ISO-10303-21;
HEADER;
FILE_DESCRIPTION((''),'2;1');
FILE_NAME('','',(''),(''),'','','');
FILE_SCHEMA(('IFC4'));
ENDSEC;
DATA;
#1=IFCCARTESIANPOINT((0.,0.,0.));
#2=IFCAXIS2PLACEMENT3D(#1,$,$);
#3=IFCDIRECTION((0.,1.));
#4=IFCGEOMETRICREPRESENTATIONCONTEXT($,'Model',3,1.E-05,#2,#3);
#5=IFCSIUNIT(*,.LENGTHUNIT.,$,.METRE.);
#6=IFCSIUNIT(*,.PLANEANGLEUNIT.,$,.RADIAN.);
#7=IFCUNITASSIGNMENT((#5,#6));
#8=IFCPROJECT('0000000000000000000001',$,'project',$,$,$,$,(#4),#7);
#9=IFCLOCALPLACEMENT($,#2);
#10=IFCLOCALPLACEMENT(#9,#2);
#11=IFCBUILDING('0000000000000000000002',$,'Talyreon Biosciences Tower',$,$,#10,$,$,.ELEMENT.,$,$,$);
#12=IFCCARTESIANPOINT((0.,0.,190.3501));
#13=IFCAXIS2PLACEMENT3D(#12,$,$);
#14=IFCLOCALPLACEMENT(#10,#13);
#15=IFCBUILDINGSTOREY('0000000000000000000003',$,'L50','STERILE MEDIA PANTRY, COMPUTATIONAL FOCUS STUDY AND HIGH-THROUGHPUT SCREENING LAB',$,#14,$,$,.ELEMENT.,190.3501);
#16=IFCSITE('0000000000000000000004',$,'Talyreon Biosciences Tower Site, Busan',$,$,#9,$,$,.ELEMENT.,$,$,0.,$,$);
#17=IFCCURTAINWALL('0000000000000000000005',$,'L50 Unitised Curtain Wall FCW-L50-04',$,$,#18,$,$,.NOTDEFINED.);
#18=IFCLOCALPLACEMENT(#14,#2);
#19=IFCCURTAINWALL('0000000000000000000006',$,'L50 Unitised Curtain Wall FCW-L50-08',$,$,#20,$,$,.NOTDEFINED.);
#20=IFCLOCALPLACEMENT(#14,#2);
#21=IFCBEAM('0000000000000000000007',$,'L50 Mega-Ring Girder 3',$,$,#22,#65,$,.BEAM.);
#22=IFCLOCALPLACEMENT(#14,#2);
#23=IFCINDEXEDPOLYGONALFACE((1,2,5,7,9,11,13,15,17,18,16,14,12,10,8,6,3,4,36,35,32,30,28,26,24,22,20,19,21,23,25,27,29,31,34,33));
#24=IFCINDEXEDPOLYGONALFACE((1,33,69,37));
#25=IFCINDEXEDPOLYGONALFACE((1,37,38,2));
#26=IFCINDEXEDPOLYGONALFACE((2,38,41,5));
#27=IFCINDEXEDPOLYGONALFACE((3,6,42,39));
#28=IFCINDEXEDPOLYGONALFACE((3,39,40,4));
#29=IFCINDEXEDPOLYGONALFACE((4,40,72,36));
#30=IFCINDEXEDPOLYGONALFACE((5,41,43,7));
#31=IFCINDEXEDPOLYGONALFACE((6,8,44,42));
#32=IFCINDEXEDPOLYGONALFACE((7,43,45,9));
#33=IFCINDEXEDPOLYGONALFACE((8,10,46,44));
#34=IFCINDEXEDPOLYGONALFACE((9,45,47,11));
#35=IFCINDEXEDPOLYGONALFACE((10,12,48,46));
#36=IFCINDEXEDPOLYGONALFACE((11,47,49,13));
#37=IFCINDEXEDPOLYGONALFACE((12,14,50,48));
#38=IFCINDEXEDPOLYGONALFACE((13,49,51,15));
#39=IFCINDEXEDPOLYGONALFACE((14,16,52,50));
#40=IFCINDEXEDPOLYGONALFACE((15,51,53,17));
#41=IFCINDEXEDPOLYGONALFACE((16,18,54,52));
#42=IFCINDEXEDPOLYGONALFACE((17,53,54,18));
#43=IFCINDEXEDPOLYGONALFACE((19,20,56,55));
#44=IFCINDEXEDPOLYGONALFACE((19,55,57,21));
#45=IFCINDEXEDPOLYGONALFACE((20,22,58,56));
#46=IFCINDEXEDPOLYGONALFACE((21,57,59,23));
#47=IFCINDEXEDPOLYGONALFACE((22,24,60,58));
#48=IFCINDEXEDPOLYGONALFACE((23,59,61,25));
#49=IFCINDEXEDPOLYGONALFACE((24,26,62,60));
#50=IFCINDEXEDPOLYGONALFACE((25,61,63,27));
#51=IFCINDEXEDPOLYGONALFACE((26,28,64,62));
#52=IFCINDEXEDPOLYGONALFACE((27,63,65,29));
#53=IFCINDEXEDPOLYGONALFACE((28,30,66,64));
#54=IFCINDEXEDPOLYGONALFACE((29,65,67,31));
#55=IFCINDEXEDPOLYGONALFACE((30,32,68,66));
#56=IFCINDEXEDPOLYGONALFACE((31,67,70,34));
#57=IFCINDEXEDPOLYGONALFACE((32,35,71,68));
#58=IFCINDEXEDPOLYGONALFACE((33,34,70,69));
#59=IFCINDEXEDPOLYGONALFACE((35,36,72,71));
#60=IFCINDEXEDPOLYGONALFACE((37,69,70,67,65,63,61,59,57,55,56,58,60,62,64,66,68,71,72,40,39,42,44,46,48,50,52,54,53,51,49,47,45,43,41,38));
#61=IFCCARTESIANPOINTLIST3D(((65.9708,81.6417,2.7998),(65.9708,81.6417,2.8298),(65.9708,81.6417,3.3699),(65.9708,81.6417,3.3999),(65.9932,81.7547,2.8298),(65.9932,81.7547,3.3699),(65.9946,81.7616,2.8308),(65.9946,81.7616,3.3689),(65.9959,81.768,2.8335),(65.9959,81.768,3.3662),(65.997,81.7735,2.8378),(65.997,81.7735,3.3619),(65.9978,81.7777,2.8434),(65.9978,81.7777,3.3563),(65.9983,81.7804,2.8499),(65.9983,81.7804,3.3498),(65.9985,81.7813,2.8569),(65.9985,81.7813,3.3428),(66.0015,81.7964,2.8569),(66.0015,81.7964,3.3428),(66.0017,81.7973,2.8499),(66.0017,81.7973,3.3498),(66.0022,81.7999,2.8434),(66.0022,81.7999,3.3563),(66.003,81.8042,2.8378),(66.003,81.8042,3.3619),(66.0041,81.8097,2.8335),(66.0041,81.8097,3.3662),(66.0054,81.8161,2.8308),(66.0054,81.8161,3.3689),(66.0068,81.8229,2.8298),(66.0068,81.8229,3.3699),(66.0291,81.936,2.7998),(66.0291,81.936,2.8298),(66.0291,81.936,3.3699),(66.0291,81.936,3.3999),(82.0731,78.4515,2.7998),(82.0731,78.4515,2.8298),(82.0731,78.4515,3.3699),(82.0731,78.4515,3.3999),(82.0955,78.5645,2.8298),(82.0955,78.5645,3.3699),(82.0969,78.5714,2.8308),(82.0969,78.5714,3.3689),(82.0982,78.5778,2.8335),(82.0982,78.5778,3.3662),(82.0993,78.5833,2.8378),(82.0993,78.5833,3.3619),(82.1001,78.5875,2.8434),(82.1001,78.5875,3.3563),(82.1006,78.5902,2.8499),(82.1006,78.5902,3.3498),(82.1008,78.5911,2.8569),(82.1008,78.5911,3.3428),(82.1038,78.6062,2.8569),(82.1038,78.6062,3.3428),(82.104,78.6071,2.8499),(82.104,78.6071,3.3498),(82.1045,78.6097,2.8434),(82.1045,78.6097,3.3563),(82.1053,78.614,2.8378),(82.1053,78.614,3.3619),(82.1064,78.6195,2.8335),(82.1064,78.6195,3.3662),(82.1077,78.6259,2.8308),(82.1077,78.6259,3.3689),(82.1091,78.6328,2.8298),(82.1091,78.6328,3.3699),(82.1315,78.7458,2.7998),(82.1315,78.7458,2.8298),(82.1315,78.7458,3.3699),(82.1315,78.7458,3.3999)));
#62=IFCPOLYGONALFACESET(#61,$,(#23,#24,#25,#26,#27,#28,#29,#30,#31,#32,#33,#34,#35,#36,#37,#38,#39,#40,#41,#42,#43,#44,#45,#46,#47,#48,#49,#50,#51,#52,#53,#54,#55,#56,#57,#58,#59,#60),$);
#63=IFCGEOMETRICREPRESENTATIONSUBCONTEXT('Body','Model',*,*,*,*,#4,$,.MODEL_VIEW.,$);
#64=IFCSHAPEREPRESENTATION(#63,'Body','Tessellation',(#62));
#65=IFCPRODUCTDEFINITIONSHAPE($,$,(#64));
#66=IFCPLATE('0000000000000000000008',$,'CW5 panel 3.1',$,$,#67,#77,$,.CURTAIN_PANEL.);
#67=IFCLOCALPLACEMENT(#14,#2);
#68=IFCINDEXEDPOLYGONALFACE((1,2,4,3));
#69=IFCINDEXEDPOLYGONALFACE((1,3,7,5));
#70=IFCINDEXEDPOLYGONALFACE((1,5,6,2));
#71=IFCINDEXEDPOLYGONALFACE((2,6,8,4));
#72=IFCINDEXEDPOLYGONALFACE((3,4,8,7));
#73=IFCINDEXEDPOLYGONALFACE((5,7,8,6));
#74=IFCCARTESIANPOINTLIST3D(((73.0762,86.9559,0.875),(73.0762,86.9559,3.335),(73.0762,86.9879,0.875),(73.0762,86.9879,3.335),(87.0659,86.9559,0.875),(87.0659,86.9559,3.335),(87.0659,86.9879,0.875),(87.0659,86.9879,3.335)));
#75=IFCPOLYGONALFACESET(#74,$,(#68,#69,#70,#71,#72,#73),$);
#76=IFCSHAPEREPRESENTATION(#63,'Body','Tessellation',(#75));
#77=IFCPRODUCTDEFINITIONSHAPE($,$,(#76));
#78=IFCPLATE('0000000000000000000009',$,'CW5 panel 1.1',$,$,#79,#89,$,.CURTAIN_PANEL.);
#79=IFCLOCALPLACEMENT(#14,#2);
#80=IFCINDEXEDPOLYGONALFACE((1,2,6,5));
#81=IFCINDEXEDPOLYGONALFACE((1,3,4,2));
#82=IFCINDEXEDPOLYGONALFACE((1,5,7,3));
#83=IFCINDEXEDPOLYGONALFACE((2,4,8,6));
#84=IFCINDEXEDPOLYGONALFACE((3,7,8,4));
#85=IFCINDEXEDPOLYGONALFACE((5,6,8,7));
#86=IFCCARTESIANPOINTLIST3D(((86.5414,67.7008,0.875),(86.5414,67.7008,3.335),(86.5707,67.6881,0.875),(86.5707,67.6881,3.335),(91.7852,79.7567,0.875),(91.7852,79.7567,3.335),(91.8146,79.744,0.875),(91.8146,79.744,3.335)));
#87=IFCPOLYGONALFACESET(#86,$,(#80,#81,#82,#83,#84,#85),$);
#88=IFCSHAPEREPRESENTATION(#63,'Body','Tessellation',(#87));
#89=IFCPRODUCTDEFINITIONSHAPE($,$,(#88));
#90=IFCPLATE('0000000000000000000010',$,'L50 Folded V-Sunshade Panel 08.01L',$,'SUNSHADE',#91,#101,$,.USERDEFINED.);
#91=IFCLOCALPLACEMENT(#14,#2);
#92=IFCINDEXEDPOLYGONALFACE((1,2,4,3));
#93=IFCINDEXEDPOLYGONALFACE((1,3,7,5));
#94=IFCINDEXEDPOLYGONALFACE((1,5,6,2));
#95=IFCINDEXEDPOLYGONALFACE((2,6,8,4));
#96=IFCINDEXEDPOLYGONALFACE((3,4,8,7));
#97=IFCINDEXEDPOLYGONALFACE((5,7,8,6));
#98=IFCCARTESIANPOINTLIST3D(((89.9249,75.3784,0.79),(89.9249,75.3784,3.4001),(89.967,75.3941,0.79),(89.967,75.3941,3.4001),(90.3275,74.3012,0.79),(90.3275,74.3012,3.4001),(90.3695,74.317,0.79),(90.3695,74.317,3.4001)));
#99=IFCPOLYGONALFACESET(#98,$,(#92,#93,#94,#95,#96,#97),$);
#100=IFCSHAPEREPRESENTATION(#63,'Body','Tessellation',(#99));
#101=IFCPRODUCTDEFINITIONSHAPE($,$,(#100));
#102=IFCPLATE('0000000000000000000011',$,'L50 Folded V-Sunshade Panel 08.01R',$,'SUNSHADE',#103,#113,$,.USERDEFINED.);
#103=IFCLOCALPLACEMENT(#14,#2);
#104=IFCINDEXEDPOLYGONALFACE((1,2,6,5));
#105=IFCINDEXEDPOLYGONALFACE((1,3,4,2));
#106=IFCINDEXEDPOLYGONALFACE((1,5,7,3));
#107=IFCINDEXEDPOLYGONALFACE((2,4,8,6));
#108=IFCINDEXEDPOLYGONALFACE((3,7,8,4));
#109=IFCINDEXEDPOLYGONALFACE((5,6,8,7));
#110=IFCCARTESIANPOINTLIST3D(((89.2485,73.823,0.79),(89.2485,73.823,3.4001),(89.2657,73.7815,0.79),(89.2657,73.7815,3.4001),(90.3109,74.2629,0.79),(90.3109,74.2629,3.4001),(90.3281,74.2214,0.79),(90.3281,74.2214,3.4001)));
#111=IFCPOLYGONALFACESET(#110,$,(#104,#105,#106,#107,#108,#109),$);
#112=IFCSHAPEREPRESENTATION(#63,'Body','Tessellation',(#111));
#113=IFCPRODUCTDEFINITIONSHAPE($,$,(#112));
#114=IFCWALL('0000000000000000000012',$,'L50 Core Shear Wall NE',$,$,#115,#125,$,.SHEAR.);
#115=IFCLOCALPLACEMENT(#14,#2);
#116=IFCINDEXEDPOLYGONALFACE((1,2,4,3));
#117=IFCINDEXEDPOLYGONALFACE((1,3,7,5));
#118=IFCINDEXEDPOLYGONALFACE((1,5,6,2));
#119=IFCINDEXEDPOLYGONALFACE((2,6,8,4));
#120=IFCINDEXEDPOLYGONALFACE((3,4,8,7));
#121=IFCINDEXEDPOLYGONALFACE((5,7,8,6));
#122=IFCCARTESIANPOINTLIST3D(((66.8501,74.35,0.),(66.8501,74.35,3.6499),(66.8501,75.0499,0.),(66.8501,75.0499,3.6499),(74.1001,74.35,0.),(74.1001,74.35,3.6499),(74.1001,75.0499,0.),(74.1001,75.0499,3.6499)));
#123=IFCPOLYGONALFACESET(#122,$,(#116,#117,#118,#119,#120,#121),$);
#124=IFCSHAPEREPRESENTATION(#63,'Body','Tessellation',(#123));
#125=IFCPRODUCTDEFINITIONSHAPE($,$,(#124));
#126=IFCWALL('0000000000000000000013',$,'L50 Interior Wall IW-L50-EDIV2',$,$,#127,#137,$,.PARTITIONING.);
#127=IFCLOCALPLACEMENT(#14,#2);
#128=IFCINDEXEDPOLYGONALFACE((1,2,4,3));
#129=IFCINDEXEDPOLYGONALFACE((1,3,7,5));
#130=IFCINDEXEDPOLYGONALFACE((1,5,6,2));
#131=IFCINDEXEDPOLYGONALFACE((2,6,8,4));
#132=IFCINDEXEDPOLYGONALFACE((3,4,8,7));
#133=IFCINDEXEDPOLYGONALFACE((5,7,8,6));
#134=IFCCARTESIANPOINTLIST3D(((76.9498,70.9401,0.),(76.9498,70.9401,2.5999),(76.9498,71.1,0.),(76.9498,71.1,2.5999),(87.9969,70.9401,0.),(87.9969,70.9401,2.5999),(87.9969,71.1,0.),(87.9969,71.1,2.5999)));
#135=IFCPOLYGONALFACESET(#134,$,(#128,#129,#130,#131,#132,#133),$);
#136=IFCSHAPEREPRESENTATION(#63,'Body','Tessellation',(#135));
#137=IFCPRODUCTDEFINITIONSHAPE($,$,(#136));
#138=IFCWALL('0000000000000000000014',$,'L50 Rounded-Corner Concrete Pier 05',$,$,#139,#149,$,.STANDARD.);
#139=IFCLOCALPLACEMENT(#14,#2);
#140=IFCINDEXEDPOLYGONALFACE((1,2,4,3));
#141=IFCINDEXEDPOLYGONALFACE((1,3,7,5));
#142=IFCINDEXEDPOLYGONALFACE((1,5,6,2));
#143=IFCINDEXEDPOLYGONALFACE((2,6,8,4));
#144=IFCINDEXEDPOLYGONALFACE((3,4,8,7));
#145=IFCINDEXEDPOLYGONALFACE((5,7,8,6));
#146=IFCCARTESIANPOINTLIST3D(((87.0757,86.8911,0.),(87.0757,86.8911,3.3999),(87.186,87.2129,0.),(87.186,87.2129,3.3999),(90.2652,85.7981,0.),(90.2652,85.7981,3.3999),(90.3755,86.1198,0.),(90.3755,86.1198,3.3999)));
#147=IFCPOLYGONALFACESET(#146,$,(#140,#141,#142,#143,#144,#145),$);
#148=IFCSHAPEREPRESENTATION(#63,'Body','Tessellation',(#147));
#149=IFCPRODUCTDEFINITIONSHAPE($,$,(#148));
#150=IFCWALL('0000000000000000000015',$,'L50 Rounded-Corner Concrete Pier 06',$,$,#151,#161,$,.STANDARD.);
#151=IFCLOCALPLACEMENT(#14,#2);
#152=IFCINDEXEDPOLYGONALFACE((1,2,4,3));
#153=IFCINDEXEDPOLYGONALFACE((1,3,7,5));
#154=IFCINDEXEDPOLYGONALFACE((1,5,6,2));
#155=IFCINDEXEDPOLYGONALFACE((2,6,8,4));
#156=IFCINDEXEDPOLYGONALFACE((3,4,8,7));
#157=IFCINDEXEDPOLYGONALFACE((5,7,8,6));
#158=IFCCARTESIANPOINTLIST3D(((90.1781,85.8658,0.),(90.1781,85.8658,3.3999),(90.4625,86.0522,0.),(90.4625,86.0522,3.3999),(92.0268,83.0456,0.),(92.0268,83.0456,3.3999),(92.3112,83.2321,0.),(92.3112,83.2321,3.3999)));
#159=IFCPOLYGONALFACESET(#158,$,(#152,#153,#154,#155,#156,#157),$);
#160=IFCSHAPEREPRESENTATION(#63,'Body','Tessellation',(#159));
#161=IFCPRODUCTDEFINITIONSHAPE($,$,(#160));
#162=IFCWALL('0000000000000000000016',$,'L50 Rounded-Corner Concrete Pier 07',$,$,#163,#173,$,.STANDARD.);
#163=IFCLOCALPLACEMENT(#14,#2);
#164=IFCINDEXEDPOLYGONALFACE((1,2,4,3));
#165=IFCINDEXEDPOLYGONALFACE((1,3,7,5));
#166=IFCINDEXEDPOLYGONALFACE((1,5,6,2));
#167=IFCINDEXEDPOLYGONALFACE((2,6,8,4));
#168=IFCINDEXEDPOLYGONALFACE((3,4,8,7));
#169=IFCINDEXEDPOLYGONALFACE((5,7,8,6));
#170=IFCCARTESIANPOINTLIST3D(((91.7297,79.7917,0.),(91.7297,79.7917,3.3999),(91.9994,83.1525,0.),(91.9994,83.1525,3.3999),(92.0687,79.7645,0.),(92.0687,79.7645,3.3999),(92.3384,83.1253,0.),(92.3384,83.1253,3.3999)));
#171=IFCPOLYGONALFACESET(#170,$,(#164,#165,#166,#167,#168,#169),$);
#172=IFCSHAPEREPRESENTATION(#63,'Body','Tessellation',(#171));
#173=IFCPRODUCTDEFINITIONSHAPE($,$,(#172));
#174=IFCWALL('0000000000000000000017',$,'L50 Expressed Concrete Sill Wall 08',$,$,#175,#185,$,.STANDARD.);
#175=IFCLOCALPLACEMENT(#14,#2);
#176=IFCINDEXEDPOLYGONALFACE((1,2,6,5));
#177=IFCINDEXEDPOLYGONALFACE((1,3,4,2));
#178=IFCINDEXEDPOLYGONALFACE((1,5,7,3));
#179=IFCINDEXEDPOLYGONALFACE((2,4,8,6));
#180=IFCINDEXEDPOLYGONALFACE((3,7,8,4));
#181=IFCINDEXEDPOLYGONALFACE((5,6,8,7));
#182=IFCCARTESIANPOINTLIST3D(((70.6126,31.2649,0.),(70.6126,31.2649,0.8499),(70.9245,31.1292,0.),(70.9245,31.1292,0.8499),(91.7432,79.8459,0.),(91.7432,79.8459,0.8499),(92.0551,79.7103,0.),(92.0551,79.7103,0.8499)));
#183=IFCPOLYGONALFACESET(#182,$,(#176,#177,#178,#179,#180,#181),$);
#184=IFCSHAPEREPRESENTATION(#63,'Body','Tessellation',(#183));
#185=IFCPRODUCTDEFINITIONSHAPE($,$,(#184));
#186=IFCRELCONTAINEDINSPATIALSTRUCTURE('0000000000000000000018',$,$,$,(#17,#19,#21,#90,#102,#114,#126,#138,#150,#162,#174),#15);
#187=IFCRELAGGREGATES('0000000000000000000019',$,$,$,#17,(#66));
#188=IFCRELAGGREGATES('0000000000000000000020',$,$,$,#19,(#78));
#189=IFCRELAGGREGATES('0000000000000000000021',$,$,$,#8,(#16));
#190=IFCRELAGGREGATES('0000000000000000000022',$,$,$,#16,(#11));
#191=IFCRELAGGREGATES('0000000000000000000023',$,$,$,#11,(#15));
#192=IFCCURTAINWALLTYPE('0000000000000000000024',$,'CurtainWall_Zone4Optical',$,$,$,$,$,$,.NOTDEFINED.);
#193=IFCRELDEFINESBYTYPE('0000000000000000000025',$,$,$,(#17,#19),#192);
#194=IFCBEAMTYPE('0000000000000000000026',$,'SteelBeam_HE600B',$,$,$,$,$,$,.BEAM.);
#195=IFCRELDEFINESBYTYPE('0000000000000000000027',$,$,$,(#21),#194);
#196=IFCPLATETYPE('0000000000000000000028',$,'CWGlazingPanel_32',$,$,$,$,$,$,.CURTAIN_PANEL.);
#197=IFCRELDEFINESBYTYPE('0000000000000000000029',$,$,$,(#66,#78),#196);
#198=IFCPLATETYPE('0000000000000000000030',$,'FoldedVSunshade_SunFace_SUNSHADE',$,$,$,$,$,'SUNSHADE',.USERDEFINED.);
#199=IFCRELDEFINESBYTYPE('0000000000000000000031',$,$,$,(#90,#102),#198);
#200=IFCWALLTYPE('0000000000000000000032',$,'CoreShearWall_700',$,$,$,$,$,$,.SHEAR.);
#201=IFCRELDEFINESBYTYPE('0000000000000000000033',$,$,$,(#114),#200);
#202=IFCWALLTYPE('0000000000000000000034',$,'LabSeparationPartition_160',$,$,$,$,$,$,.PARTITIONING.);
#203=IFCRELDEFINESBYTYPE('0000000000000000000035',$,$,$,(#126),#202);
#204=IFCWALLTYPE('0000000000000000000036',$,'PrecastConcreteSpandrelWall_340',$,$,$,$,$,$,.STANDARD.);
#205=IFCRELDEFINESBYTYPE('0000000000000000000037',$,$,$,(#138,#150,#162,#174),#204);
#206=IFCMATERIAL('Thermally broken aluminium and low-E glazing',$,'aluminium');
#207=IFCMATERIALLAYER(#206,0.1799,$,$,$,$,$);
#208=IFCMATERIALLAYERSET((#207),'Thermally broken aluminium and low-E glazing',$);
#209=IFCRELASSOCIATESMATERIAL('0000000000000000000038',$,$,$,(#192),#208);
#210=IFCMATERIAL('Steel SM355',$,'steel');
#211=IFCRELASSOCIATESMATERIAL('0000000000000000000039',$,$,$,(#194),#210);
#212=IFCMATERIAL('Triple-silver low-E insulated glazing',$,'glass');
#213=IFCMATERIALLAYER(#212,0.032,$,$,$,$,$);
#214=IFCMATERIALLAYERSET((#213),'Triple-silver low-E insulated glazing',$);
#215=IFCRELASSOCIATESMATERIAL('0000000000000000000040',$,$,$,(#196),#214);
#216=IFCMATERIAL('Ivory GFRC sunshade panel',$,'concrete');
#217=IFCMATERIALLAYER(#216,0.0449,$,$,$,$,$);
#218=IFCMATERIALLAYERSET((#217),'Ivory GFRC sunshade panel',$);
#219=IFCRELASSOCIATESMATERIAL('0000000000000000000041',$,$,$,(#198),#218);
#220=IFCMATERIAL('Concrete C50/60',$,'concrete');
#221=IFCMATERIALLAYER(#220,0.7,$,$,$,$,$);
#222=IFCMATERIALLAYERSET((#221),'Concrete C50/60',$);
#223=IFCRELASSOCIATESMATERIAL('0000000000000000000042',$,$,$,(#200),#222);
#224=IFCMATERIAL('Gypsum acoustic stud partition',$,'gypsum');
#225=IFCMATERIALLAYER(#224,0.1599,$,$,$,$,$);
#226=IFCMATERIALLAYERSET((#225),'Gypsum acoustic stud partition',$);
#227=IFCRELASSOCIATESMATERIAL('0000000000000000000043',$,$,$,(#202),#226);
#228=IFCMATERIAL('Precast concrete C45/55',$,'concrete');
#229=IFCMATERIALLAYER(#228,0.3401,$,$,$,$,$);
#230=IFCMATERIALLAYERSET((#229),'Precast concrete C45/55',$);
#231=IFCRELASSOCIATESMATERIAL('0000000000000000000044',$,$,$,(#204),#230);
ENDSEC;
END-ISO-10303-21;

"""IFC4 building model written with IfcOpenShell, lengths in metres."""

from ifc_helpers import new_model, si_unit, direction, frame, frame_2d, origin, origin_2d, place, context, subcontext, project, spatial, rectangle, i_section, extrude, material, layer, layer_set, material_profile, profile_set, type_object, element, aggregate, save


model = new_model("IFC4")

# Units and contexts
model_context = context("Model", 3, precision=1e-05, world=origin(), true_north=direction((0.0, 1.0)))
body_context = subcontext(model_context, "Body", "Model", "MODEL_VIEW")
ifc_project = project(units=[si_unit("LENGTHUNIT", "METRE"), si_unit("PLANEANGLEUNIT", "RADIAN")], contexts=[model_context])

# Site, building, storey
site_placement = place(None, origin())
site = spatial("IfcSite", under=ifc_project, at=site_placement, Name="Talyreon Biosciences Tower Site, Busan", CompositionType="ELEMENT", RefElevation=0.0)
building_placement = place(site_placement, origin())
building = spatial("IfcBuilding", under=site, at=building_placement, Name="Talyreon Biosciences Tower", CompositionType="ELEMENT")
storey_placement = place(building_placement, frame((0.0, 0.0, 190.3501)))
storey = spatial("IfcBuildingStorey", under=building, at=storey_placement, Name="L50", Description="STERILE MEDIA PANTRY, COMPUTATIONAL FOCUS STUDY AND HIGH-THROUGHPUT SCREENING LAB", CompositionType="ELEMENT", Elevation=190.3501)

# Shared definitions
ifc_material_1 = material(Name="Concrete C50/60", Category="concrete")

# Curtain wall
ifc_material_2 = material(Name="Thermally broken aluminium and low-E glazing", Category="aluminium")
ifc_layer_1 = layer(ifc_material_2, 0.1799)
ifc_layer_set_1 = layer_set([ifc_layer_1], Name="Thermally broken aluminium and low-E glazing")
curtain_wall_type = type_object("IfcCurtainWallType", Name="CurtainWall_Zone4Optical", PredefinedType="NOTDEFINED", material=ifc_layer_set_1)
curtain_wall_1_placement = place(storey_placement, origin())
curtain_wall_1 = element("IfcCurtainWall", 1, at=curtain_wall_1_placement, inside=storey, type_object=curtain_wall_type, Name="L50 Unitised Curtain Wall FCW-L50-04", PredefinedType="NOTDEFINED")

# Curtain wall
curtain_wall_2_placement = place(storey_placement, origin())
curtain_wall_2 = element("IfcCurtainWall", 2, at=curtain_wall_2_placement, inside=storey, type_object=curtain_wall_type, Name="L50 Unitised Curtain Wall FCW-L50-08", PredefinedType="NOTDEFINED")

# Beam
ifc_material_3 = material(Name="Precast concrete C45/55", Category="concrete")
ifc_material_4 = material(Name="Steel SM355", Category="steel")
ifc_material_profile_1 = material_profile(ifc_material_4, i_section(OverallWidth=0.3, OverallDepth=0.6001, WebThickness=0.0154, FlangeThickness=0.03, FilletRadius=0.0271, at=origin_2d()), Name="HE600B")
ifc_profile_set_1 = profile_set([ifc_material_profile_1], Name="Steel SM355")
beam_type_1 = type_object("IfcBeamType", Name="SteelBeam_HE600B", PredefinedType="BEAM", material=ifc_profile_set_1)
beam_1_placement = place(storey_placement, frame((82.1023, 78.5986, 3.0999), z_axis=(-0.980934, 0.194343, 0.0), x_axis=(-0.194343, -0.980934, 0.0)))
element("IfcBeam", 3, at=beam_1_placement, inside=storey, type_object=beam_type_1, Name="L50 Mega-Ring Girder 3", PredefinedType="BEAM", context=body_context, shape_type="SweptSolid", body=[
    extrude(i_section(OverallWidth=0.3, OverallDepth=0.6001, WebThickness=0.0154, FlangeThickness=0.03, FilletRadius=0.0271, at=origin_2d()), origin(), (0.0, 0.0, 1.0), 16.4153),
])

# Plates
ifc_material_5 = material(Name="Triple-silver low-E insulated glazing", Category="glass")
ifc_layer_2 = layer(ifc_material_5, 0.032)
ifc_layer_set_2 = layer_set([ifc_layer_2], Name="Triple-silver low-E insulated glazing")
plate_type_1 = type_object("IfcPlateType", Name="CWGlazingPanel_32", PredefinedType="CURTAIN_PANEL", material=ifc_layer_set_2)
plate_1_placement = place(storey_placement, frame((80.071, 86.9719, 0.875), z_axis=(0.0, 0.0, 1.0), x_axis=(1.0, 0.0, 0.0)))
plate_1 = element("IfcPlate", 4, at=plate_1_placement, type_object=plate_type_1, Name="CW5 panel 3.1", PredefinedType="CURTAIN_PANEL", context=body_context, shape_type="SweptSolid", body=[
    extrude(rectangle(XDim=13.9897, YDim=0.032, at=origin_2d()), origin(), (0.0, 0.0, 1.0), 2.46),
])
aggregate(curtain_wall_1, [plate_1])
plate_2_placement = place(storey_placement, frame((89.178, 73.7224, 0.875), z_axis=(0.0, 0.0, 1.0), x_axis=(-0.398862, -0.917011, 0.0)))
plate_2 = element("IfcPlate", 5, at=plate_2_placement, type_object=plate_type_1, Name="CW5 panel 1.1", PredefinedType="CURTAIN_PANEL", context=body_context, shape_type="SweptSolid", body=[
    extrude(rectangle(XDim=13.147, YDim=0.032, at=origin_2d()), origin(), (0.0, 0.0, 1.0), 2.46),
])
aggregate(curtain_wall_2, [plate_2])

# Plates
ifc_material_6 = material(Name="Ivory GFRC sunshade panel", Category="concrete")
ifc_layer_3 = layer(ifc_material_6, 0.0449)
ifc_layer_set_3 = layer_set([ifc_layer_3], Name="Ivory GFRC sunshade panel")
plate_type_2 = type_object("IfcPlateType", Name="FoldedVSunshade_SunFace_SUNSHADE", ElementType="SUNSHADE", PredefinedType="USERDEFINED", material=ifc_layer_set_3)
for number, where, z_axis, x_axis, name in (
    (6, (90.1472, 74.8477, 0.79), (0.0, 0.0, 1.0), (0.350093, -0.936715, 0.0), "L50 Folded V-Sunshade Panel 08.01L"),
    (7, (89.7883, 74.0222, 0.79), (0.0, 0.0, 1.0), (-0.923926, -0.382571, 0.0), "L50 Folded V-Sunshade Panel 08.01R"),
):
    element("IfcPlate", number, at=place(storey_placement, frame(where, z_axis=z_axis, x_axis=x_axis)), inside=storey, type_object=plate_type_2, Name=name, ObjectType="SUNSHADE", PredefinedType="USERDEFINED", context=body_context, shape_type="SweptSolid", body=[
        extrude(rectangle(XDim=1.1499, YDim=0.0449, at=origin_2d()), origin(), (0.0, 0.0, 1.0), 2.6101),
    ])

# Walls
ifc_layer_4 = layer(ifc_material_1, 0.7)
ifc_layer_set_4 = layer_set([ifc_layer_4], Name="Concrete C50/60")
wall_type_1 = type_object("IfcWallType", Name="CoreShearWall_700", PredefinedType="SHEAR", material=ifc_layer_set_4)
wall_1_placement = place(storey_placement, frame((74.1001, 74.7, 0.0), z_axis=(0.0, 0.0, 1.0), x_axis=(-1.0, 0.0, 0.0)))
element("IfcWall", 8, at=wall_1_placement, inside=storey, type_object=wall_type_1, Name="L50 Core Shear Wall NE", PredefinedType="SHEAR", context=body_context, shape_type="SweptSolid", body=[
    extrude(rectangle(XDim=7.25, YDim=0.7, at=frame_2d((3.625, 0.0))), origin(), (0.0, 0.0, 1.0), 3.6499),
])
ifc_material_7 = material(Name="Gypsum acoustic stud partition", Category="gypsum")
ifc_layer_5 = layer(ifc_material_7, 0.1599)
ifc_layer_set_5 = layer_set([ifc_layer_5], Name="Gypsum acoustic stud partition")
wall_type_2 = type_object("IfcWallType", Name="LabSeparationPartition_160", PredefinedType="PARTITIONING", material=ifc_layer_set_5)
wall_2_placement = place(storey_placement, frame((76.95, 71.02, 0.0), z_axis=(0.0, 0.0, 1.0), x_axis=(1.0, 0.0, 0.0)))
element("IfcWall", 9, at=wall_2_placement, inside=storey, type_object=wall_type_2, Name="L50 Interior Wall IW-L50-EDIV2", PredefinedType="PARTITIONING", context=body_context, shape_type="SweptSolid", body=[
    extrude(rectangle(XDim=11.0471, YDim=0.1599, at=frame_2d((5.5234, 0.0))), origin(), (0.0, 0.0, 1.0), 2.5999),
])
ifc_layer_6 = layer(ifc_material_3, 0.3401)
ifc_layer_set_6 = layer_set([ifc_layer_6], Name="Precast concrete C45/55")
wall_type_3 = type_object("IfcWallType", Name="PrecastConcreteSpandrelWall_340", PredefinedType="STANDARD", material=ifc_layer_set_6)
wall_3_placement = place(storey_placement, frame((87.1309, 87.052, 0.0), z_axis=(0.0, 0.0, 1.0), x_axis=(0.945992, -0.324189, 0.0)))
element("IfcWall", 10, at=wall_3_placement, inside=storey, type_object=wall_type_3, Name="L50 Rounded-Corner Concrete Pier 05", PredefinedType="STANDARD", context=body_context, shape_type="SweptSolid", body=[
    extrude(rectangle(XDim=3.3716, YDim=0.3401, at=frame_2d((1.6858, 0.0))), origin(), (0.0, 0.0, 1.0), 3.3999),
])
wall_4_placement = place(storey_placement, frame((90.3203, 85.959, 0.0), z_axis=(0.0, 0.0, 1.0), x_axis=(0.548234, -0.836325, 0.0)))
element("IfcWall", 11, at=wall_4_placement, inside=storey, type_object=wall_type_3, Name="L50 Rounded-Corner Concrete Pier 06", PredefinedType="STANDARD", context=body_context, shape_type="SweptSolid", body=[
    extrude(rectangle(XDim=3.3721, YDim=0.3401, at=frame_2d((1.686, 0.0))), origin(), (0.0, 0.0, 1.0), 3.3999),
])
wall_5_placement = place(storey_placement, frame((92.1689, 83.1389, 0.0), z_axis=(0.0, 0.0, 1.0), x_axis=(-0.080013, -0.996794, 0.0)))
element("IfcWall", 12, at=wall_5_placement, inside=storey, type_object=wall_type_3, Name="L50 Rounded-Corner Concrete Pier 07", PredefinedType="STANDARD", context=body_context, shape_type="SweptSolid", body=[
    extrude(rectangle(XDim=3.3716, YDim=0.3401, at=frame_2d((1.6858, 0.0))), origin(), (0.0, 0.0, 1.0), 3.3999),
])
wall_6_placement = place(storey_placement, frame((91.8992, 79.7781, 0.0), z_axis=(0.0, 0.0, 1.0), x_axis=(-0.39886, -0.917012, 0.0)))
element("IfcWall", 13, at=wall_6_placement, inside=storey, type_object=wall_type_3, Name="L50 Expressed Concrete Sill Wall 08", PredefinedType="STANDARD", context=body_context, shape_type="SweptSolid", body=[
    extrude(rectangle(XDim=52.9775, YDim=0.3401, at=frame_2d((26.4888, 0.0))), origin(), (0.0, 0.0, 1.0), 0.8499),
])

save(model, "model.ifc")
